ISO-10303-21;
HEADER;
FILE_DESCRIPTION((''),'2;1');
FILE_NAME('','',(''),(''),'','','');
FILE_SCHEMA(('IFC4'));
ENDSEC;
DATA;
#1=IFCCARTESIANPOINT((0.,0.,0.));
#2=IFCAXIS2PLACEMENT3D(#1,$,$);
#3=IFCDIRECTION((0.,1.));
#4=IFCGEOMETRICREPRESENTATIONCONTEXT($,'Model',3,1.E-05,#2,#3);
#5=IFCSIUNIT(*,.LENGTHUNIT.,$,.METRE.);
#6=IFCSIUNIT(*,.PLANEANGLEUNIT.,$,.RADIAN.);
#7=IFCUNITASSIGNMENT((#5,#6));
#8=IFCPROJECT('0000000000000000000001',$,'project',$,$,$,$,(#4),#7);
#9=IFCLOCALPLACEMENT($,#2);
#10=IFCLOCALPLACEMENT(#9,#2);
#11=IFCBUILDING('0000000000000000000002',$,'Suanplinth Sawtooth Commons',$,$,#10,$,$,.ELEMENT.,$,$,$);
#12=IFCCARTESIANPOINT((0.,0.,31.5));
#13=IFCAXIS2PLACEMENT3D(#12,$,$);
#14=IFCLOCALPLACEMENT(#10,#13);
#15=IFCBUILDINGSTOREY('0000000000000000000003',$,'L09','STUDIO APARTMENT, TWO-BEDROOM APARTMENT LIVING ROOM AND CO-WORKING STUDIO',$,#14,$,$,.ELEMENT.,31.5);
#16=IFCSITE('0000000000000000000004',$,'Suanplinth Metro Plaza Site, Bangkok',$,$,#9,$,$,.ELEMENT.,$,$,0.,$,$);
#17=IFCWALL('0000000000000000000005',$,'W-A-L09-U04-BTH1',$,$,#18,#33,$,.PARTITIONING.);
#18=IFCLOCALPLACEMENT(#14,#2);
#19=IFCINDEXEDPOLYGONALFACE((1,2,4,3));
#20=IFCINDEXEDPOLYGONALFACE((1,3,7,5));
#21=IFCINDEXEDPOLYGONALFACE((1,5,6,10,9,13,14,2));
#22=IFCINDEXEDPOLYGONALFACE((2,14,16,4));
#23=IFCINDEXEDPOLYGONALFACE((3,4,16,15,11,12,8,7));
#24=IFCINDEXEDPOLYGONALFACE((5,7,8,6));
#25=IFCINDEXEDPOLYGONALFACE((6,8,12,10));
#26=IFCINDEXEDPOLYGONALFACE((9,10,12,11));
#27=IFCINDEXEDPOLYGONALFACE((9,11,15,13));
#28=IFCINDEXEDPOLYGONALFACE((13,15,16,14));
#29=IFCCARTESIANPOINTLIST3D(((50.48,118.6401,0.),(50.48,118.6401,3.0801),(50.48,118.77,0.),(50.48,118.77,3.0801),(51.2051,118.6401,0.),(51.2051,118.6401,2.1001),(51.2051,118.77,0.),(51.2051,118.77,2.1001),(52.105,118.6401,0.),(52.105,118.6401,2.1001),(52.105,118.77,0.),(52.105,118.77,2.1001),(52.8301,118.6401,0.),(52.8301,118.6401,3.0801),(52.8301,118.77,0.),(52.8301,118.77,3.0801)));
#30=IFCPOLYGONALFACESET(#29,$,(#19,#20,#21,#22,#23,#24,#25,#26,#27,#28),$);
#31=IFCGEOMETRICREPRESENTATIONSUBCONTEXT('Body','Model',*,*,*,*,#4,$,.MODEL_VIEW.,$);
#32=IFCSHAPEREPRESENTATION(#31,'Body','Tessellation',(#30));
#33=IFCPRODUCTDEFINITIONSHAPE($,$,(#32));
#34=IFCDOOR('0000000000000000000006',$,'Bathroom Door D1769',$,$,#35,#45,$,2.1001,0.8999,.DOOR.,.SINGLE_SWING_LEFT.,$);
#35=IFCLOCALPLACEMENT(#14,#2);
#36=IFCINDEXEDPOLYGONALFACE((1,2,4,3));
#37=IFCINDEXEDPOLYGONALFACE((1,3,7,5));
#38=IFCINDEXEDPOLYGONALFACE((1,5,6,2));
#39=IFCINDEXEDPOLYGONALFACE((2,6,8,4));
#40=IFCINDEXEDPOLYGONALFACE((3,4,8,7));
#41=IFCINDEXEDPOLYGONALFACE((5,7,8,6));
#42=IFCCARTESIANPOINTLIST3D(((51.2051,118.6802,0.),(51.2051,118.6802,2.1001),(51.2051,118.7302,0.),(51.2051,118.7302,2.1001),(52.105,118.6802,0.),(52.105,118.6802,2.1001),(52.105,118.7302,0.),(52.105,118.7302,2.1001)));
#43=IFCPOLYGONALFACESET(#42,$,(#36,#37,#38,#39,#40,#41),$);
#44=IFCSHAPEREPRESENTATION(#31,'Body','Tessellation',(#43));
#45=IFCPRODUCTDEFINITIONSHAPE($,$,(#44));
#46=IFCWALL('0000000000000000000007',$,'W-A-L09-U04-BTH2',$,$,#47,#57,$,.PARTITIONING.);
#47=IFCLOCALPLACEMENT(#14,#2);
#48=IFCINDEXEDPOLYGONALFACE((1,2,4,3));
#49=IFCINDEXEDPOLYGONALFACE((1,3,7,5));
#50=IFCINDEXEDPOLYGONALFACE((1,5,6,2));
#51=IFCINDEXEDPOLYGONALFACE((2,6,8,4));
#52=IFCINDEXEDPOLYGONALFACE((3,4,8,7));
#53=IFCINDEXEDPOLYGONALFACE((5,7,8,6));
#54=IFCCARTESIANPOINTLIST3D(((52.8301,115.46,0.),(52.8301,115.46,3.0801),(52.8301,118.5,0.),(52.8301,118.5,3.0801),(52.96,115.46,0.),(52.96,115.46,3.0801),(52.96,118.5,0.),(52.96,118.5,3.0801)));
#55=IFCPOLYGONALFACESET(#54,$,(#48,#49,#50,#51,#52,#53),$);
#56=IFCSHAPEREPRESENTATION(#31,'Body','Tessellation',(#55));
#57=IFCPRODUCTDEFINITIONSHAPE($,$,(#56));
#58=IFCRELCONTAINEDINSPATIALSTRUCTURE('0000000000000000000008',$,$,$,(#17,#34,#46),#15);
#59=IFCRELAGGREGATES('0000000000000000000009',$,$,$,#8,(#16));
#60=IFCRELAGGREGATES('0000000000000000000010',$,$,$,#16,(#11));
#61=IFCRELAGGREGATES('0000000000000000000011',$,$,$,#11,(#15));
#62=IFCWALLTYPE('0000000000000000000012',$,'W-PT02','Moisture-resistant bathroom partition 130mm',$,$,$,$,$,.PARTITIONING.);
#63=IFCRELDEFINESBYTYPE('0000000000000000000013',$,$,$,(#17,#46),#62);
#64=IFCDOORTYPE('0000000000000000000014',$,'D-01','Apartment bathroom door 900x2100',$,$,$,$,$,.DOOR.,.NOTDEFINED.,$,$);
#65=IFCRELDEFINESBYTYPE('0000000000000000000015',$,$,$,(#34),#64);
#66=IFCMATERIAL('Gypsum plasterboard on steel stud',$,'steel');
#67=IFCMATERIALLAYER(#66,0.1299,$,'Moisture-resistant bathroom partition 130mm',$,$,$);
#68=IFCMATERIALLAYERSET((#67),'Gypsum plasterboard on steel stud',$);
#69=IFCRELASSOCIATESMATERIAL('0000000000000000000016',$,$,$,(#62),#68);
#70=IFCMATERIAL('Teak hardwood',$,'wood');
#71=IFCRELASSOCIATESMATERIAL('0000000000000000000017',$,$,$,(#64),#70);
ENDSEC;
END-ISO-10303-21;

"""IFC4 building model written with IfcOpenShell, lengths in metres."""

from ifc_helpers import new_model, si_unit, direction, frame, frame_2d, origin, place, context, subcontext, project, spatial, rectangle, extrude, material, layer, layer_set, type_object, element, fill, save


model = new_model("IFC4")

# Units and contexts
model_context = context("Model", 3, precision=1e-05, world=origin(), true_north=direction((0.0, 1.0)))
body_context = subcontext(model_context, "Body", "Model", "MODEL_VIEW")
ifc_project = project(units=[si_unit("LENGTHUNIT", "METRE"), si_unit("PLANEANGLEUNIT", "RADIAN")], contexts=[model_context])

# Site, building, storey
site_placement = place(None, origin())
site = spatial("IfcSite", under=ifc_project, at=site_placement, Name="Suanplinth Metro Plaza Site, Bangkok", CompositionType="ELEMENT", RefElevation=0.0)
building_placement = place(site_placement, origin())
building = spatial("IfcBuilding", under=site, at=building_placement, Name="Suanplinth Sawtooth Commons", CompositionType="ELEMENT")
storey_placement = place(building_placement, frame((0.0, 0.0, 31.5)))
storey = spatial("IfcBuildingStorey", under=building, at=storey_placement, Name="L09", Description="STUDIO APARTMENT, TWO-BEDROOM APARTMENT LIVING ROOM AND CO-WORKING STUDIO", CompositionType="ELEMENT", Elevation=31.5)

# Shared definitions
ifc_material_1 = material(Name="Gypsum plasterboard on steel stud", Category="steel")
ifc_material_2 = material(Name="Teak hardwood", Category="wood")

# Wall, opening, door
ifc_layer_1 = layer(ifc_material_1, 0.1299, Name="Moisture-resistant bathroom partition 130mm")
ifc_layer_set_1 = layer_set([ifc_layer_1], Name="Gypsum plasterboard on steel stud")
wall_type_1 = type_object("IfcWallType", Name="W-PT02", Description="Moisture-resistant bathroom partition 130mm", PredefinedType="PARTITIONING", material=ifc_layer_set_1)
wall_1_placement = place(storey_placement, frame((50.48, 118.7051, 0.0), z_axis=(0.0, 0.0, 1.0), x_axis=(1.0, 0.0, 0.0)))
wall_1 = element("IfcWall", 1, at=wall_1_placement, inside=storey, type_object=wall_type_1, Name="W-A-L09-U04-BTH1", PredefinedType="PARTITIONING", context=body_context, shape_type="SweptSolid", body=[
    extrude(rectangle(XDim=2.3501, YDim=0.1299, at=frame_2d((1.175, 0.0))), origin(), (0.0, 0.0, 1.0), 3.0801),
])
opening_1_placement = place(wall_1_placement, frame((0.7251, 0.0, 0.0)))
opening_1 = element("IfcOpeningElement", 2, at=opening_1_placement, cuts=wall_1, PredefinedType="OPENING", context=body_context, shape_type="SweptSolid", body=[
    extrude(rectangle(XDim=0.8999, YDim=2.1001, at=frame_2d((0.45, 1.05))), frame((0.0, 0.0798, 0.0), z_axis=(0.0, -1.0, 0.0), x_axis=(1.0, 0.0, 0.0)), (0.0, 0.0, 1.0), 0.1597),
])
door_type_1 = type_object("IfcDoorType", Name="D-01", Description="Apartment bathroom door 900x2100", OperationType="NOTDEFINED", PredefinedType="DOOR", material=ifc_material_2)
door_1_placement = place(opening_1_placement, frame((0.8999, 0.0, 0.0), z_axis=(0.0, 0.0, 1.0), x_axis=(-1.0, 0.0, 0.0)))
door_1 = element("IfcDoor", 3, at=door_1_placement, inside=storey, type_object=door_type_1, Name="Bathroom Door D1769", OperationType="SINGLE_SWING_LEFT", OverallHeight=2.1001, OverallWidth=0.8999, PredefinedType="DOOR", context=body_context, shape_type="SweptSolid", body=[
    extrude(rectangle(XDim=0.8999, YDim=2.1001, at=frame_2d((0.45, 1.05))), frame((0.0, 0.0249, 0.0), z_axis=(0.0, -1.0, 0.0), x_axis=(1.0, 0.0, 0.0)), (0.0, 0.0, 1.0), 0.05),
])
fill(opening_1, door_1)

# Wall
wall_2_placement = place(storey_placement, frame((52.895, 115.46, 0.0), z_axis=(0.0, 0.0, 1.0), x_axis=(0.0, 1.0, 0.0)))
element("IfcWall", 4, at=wall_2_placement, inside=storey, type_object=wall_type_1, Name="W-A-L09-U04-BTH2", PredefinedType="PARTITIONING", context=body_context, shape_type="SweptSolid", body=[
    extrude(rectangle(XDim=3.04, YDim=0.1299, at=frame_2d((1.52, 0.0))), origin(), (0.0, 0.0, 1.0), 3.0801),
])

save(model, "model.ifc")
